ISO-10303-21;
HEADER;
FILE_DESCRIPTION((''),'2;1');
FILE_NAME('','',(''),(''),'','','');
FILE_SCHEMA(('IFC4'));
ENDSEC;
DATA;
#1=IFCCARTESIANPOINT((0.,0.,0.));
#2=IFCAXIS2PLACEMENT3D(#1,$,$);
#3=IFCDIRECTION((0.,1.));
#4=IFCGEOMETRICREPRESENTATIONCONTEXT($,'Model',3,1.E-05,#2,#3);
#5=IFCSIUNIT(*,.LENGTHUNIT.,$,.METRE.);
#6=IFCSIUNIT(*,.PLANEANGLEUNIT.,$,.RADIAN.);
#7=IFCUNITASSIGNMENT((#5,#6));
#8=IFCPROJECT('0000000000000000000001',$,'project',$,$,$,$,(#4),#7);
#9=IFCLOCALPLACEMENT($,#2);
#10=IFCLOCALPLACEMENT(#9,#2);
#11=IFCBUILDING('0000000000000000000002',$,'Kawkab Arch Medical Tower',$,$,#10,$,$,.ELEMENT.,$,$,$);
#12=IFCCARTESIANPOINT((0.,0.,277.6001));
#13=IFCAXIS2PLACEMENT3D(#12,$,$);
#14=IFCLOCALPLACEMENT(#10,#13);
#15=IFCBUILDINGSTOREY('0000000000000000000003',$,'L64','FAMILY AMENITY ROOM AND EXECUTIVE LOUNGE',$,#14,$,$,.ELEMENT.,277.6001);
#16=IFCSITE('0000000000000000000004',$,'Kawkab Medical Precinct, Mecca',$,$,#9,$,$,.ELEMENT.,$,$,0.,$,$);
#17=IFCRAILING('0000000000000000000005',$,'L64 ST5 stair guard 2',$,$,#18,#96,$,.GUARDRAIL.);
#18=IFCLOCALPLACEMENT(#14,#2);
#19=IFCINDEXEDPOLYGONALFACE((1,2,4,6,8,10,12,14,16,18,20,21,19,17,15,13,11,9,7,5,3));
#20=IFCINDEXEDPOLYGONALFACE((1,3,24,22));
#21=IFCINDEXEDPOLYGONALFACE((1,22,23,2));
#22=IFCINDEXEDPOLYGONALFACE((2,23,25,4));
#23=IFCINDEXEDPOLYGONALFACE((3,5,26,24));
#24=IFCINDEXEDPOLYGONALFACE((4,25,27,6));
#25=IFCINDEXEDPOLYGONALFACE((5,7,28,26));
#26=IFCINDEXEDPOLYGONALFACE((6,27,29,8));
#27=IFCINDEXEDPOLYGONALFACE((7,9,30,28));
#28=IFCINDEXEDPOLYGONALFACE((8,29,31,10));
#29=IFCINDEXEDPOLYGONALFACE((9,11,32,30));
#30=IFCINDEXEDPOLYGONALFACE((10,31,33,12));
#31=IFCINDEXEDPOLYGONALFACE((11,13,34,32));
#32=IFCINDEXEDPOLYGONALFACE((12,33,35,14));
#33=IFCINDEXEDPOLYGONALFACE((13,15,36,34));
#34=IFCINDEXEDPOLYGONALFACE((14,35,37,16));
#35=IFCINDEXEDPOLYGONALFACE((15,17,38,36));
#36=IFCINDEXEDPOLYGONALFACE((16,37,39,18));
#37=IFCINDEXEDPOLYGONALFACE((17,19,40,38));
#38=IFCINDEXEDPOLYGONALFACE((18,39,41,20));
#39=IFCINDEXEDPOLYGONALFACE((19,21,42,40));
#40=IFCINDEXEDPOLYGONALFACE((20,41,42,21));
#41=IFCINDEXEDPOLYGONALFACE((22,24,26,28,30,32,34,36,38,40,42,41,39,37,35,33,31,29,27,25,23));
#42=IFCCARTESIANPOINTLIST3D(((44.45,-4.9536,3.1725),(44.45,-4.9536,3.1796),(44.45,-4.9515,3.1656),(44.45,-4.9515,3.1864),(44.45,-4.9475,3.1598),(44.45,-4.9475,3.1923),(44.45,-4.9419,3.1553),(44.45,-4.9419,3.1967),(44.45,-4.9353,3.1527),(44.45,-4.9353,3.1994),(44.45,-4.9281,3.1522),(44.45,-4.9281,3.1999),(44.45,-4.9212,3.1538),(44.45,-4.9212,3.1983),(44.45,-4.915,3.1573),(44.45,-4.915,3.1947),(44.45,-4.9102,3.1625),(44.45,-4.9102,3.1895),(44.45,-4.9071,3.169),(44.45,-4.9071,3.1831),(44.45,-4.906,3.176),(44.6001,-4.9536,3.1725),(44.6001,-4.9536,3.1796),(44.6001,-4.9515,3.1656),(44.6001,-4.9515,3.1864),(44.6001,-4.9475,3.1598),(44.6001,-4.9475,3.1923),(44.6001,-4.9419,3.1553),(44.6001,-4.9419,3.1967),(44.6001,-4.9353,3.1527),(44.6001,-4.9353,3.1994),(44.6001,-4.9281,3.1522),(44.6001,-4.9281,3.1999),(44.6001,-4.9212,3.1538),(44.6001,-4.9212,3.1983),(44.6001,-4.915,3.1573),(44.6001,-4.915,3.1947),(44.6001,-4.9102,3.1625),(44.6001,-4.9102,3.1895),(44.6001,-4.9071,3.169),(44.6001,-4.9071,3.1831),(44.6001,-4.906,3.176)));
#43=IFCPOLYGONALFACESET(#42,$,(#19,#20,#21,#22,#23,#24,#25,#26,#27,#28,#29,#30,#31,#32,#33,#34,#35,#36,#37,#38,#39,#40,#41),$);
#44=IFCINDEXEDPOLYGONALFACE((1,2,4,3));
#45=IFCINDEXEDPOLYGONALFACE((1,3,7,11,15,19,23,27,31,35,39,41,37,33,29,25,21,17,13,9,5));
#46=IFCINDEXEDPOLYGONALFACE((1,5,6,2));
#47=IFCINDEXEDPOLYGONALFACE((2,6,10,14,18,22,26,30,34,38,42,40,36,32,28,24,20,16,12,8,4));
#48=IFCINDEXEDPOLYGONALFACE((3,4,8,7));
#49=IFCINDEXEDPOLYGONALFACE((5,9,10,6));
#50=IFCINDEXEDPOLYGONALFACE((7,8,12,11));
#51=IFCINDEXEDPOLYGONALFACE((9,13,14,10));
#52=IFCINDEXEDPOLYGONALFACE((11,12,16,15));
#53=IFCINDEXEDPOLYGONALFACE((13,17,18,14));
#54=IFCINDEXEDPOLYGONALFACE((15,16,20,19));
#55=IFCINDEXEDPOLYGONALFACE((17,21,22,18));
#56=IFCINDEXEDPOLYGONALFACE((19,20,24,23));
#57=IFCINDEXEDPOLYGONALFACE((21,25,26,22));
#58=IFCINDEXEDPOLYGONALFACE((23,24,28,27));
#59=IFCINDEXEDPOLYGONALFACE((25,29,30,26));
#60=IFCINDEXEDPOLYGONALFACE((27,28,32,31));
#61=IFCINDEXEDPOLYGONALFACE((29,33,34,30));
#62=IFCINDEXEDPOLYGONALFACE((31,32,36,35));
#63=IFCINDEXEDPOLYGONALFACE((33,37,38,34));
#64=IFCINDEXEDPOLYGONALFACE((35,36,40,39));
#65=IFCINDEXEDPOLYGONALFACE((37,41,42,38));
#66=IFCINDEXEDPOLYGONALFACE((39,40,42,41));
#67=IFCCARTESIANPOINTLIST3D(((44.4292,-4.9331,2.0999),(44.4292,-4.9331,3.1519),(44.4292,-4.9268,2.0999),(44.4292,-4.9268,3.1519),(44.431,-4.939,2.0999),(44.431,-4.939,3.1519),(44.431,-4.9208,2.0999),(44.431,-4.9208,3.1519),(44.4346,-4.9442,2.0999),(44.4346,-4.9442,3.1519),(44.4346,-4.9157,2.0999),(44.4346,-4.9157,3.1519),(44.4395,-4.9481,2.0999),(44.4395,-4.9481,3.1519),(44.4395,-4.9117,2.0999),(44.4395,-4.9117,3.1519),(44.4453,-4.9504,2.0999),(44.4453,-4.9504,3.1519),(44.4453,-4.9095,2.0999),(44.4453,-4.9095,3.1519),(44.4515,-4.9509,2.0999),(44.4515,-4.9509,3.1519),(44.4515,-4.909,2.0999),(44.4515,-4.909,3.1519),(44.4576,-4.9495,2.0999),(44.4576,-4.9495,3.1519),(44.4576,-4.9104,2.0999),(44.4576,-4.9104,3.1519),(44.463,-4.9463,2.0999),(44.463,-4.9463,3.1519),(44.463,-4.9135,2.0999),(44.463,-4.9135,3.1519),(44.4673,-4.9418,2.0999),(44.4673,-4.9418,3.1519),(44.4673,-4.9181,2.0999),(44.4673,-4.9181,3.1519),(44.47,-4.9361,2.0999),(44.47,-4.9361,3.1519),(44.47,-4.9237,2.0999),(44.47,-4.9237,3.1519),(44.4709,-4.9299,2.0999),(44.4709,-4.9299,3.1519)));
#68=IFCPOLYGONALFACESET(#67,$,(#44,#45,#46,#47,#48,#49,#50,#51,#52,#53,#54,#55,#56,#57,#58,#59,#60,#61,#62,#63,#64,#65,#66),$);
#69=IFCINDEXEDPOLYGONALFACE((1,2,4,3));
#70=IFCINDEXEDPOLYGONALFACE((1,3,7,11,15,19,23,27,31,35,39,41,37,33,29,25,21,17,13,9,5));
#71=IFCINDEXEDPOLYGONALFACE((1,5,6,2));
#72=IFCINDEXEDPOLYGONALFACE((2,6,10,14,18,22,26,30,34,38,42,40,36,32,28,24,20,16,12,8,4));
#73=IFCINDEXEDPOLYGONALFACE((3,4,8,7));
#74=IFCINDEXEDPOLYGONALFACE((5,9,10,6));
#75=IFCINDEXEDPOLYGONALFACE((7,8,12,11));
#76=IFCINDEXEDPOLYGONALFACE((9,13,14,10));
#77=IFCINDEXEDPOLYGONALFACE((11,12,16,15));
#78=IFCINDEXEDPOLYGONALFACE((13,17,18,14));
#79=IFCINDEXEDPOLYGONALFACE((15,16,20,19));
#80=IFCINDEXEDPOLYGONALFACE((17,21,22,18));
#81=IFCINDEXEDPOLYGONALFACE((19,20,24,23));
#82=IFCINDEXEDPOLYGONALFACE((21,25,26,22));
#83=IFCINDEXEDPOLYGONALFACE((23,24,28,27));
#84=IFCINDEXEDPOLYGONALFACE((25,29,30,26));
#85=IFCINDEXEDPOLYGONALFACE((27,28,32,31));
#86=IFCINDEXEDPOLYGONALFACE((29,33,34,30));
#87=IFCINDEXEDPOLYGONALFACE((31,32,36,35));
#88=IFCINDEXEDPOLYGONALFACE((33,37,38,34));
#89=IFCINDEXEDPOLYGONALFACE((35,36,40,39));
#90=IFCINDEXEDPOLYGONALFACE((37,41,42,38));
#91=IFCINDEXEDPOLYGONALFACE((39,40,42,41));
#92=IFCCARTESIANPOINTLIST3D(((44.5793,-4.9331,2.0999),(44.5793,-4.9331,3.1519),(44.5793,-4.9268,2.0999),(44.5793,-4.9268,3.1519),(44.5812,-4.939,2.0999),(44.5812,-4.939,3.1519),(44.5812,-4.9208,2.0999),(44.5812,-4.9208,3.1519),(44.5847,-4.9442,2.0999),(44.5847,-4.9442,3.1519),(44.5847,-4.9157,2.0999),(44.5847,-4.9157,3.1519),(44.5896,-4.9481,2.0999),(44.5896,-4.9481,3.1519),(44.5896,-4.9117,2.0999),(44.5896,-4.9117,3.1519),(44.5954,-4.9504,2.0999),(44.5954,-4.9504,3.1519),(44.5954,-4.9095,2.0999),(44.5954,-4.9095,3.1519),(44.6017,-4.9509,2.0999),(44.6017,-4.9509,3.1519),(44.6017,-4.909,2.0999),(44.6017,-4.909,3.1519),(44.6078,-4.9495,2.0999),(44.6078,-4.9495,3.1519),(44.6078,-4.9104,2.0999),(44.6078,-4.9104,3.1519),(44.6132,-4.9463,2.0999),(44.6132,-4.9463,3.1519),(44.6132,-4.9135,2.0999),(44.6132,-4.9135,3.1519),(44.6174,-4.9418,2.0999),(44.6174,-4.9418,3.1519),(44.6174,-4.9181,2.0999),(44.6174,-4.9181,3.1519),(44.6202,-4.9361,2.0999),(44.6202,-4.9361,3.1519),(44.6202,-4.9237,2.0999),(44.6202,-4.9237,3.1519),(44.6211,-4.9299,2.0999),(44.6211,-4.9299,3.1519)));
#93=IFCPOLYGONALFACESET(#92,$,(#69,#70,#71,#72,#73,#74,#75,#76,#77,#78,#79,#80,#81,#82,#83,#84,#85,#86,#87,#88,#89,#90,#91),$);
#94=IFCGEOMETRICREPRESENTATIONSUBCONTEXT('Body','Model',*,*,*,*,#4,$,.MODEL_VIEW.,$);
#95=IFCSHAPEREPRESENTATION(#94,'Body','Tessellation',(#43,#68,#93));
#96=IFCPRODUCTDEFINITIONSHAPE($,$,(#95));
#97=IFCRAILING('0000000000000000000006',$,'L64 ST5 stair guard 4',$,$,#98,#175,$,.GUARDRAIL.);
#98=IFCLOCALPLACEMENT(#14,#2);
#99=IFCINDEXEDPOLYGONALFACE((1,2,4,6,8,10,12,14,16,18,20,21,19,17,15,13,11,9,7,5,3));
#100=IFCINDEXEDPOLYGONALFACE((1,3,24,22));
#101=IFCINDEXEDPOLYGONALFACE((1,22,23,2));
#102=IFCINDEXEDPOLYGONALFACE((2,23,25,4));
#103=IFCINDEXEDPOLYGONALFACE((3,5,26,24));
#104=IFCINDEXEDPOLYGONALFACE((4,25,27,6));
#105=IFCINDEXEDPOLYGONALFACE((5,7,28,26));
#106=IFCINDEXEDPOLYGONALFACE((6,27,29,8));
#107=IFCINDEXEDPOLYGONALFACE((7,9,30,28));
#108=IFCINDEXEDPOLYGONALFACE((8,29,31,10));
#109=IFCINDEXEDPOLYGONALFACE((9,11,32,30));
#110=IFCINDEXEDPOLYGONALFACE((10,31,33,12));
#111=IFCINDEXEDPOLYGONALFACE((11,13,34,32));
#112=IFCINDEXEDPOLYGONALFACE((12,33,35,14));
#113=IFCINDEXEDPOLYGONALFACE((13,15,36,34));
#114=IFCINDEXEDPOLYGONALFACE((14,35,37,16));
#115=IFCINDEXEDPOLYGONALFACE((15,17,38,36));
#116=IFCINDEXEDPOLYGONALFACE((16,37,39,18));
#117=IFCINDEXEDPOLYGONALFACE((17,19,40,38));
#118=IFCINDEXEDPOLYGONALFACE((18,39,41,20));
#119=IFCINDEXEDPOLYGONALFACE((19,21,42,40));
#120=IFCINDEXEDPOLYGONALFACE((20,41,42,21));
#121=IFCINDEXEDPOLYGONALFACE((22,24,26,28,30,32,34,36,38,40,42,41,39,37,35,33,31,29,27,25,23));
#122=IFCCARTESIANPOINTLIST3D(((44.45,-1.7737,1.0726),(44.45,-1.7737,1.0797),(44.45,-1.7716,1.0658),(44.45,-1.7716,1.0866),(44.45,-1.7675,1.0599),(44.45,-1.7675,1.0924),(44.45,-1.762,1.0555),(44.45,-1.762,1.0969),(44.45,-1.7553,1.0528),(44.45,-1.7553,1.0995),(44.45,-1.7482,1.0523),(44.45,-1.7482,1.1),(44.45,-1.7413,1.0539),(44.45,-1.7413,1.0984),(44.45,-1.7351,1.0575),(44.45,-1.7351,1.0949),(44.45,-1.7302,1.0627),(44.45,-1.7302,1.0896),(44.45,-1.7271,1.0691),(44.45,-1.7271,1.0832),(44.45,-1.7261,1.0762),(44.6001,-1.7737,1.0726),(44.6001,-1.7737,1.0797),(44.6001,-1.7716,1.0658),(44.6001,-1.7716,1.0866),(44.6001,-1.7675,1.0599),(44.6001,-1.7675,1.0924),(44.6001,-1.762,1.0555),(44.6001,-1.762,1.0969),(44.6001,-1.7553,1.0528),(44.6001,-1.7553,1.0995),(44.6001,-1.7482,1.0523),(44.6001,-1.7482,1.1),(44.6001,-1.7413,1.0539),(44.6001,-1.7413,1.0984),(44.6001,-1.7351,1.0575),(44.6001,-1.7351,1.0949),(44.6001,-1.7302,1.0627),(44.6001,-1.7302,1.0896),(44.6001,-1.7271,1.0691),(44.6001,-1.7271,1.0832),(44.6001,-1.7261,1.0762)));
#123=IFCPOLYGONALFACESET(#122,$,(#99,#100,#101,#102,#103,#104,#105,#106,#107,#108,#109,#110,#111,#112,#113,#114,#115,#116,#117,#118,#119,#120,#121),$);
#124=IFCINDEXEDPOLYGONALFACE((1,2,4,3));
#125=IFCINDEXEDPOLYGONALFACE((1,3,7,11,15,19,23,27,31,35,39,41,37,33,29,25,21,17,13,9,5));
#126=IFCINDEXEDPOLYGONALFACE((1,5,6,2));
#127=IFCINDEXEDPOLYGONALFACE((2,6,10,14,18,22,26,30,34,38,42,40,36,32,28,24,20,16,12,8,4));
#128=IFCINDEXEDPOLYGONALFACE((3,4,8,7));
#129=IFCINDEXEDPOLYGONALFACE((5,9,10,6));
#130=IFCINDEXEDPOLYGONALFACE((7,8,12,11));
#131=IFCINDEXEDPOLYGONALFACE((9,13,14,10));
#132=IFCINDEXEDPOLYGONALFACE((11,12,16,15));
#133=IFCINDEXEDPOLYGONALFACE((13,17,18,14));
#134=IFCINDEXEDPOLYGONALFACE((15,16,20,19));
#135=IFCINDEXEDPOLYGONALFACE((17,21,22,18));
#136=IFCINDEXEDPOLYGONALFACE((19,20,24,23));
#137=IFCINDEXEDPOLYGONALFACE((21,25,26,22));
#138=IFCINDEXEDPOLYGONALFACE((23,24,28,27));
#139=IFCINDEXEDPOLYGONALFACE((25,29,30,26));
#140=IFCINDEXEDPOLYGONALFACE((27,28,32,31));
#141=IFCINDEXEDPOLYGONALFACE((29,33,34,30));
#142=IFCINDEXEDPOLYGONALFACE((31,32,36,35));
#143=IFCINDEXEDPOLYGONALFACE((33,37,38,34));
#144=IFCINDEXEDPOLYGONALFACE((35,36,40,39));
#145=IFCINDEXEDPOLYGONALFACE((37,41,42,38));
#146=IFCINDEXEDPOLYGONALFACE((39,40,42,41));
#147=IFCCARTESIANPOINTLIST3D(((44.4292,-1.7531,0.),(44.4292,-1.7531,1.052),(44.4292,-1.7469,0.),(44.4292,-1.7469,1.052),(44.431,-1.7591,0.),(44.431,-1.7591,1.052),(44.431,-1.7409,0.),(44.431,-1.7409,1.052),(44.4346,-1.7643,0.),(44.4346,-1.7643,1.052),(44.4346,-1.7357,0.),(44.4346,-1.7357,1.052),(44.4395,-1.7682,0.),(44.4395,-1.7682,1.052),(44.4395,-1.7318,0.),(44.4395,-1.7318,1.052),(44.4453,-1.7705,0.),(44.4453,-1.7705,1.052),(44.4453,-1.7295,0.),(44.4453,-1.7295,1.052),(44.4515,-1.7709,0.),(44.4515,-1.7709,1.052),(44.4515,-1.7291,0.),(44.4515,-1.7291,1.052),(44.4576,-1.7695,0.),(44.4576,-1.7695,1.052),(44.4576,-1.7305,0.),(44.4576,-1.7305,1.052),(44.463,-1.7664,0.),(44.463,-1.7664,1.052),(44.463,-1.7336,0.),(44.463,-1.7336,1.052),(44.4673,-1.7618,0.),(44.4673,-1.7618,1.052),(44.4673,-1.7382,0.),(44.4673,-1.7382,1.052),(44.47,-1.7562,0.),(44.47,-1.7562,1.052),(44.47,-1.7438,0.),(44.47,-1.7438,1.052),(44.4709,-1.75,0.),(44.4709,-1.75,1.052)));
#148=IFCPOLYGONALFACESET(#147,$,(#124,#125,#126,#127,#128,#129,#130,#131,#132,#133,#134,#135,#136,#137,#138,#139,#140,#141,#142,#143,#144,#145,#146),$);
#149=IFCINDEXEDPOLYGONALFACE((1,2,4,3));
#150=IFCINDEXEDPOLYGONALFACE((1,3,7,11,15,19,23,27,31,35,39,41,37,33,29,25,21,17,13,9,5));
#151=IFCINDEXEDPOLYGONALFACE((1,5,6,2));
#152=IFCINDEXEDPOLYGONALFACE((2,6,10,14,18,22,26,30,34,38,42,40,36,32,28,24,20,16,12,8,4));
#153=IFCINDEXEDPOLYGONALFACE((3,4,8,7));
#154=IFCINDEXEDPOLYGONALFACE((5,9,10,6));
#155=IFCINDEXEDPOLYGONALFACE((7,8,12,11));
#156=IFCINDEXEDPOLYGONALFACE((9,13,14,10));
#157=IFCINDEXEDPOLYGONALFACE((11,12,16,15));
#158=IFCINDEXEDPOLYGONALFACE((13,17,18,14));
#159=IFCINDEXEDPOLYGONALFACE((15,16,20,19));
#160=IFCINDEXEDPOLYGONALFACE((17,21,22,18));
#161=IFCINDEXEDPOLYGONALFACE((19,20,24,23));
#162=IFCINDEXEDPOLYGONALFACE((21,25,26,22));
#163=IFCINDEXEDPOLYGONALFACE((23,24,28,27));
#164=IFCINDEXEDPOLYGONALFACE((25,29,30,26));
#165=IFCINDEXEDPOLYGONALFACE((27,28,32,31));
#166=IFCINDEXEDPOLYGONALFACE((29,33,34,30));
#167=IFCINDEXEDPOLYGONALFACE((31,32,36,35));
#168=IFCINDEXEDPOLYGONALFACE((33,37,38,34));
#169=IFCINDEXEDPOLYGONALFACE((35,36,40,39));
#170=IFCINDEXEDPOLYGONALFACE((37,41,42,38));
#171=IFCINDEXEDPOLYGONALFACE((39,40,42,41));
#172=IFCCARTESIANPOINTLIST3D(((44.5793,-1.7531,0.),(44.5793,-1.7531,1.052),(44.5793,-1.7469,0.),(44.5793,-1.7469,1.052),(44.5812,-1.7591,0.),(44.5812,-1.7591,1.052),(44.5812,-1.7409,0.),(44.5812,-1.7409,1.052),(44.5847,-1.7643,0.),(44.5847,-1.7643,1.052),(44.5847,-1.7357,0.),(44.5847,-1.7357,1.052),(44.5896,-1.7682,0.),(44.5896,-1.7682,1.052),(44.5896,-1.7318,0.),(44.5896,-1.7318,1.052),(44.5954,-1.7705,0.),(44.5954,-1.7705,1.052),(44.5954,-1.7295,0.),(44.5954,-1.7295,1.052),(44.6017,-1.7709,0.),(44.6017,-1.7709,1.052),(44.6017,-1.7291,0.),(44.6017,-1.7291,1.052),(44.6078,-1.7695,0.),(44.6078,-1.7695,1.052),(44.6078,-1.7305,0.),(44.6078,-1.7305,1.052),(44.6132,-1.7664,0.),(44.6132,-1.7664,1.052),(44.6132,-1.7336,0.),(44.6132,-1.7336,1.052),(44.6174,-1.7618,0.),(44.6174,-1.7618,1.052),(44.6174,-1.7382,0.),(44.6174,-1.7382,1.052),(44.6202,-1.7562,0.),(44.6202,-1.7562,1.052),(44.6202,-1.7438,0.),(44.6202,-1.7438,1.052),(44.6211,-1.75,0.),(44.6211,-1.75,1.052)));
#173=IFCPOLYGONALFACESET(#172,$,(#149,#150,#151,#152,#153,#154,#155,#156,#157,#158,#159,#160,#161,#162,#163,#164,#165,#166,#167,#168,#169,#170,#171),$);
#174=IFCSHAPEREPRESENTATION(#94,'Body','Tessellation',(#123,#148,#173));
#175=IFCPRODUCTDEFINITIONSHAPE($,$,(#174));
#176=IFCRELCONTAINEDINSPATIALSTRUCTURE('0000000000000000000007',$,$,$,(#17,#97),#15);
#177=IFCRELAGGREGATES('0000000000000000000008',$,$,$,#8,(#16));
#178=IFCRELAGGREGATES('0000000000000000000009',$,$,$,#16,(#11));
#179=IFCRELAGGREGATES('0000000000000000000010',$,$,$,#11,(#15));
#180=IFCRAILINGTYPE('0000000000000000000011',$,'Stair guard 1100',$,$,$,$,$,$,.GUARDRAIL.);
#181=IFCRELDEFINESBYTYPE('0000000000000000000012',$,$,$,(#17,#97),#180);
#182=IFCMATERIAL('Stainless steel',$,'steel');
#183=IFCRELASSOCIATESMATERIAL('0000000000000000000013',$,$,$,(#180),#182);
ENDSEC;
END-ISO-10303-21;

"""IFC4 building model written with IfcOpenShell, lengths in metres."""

from ifc_helpers import new_model, si_unit, direction, frame, origin, origin_2d, place, context, subcontext, project, spatial, circle, extrude, material, type_object, element, save


model = new_model("IFC4")

# Units and contexts
model_context = context("Model", 3, precision=1e-05, world=origin(), true_north=direction((0.0, 1.0)))
body_context = subcontext(model_context, "Body", "Model", "MODEL_VIEW")
ifc_project = project(units=[si_unit("LENGTHUNIT", "METRE"), si_unit("PLANEANGLEUNIT", "RADIAN")], contexts=[model_context])

# Site, building, storey
site_placement = place(None, origin())
site = spatial("IfcSite", under=ifc_project, at=site_placement, Name="Kawkab Medical Precinct, Mecca", CompositionType="ELEMENT", RefElevation=0.0)
building_placement = place(site_placement, origin())
building = spatial("IfcBuilding", under=site, at=building_placement, Name="Kawkab Arch Medical Tower", CompositionType="ELEMENT")
storey_placement = place(building_placement, frame((0.0, 0.0, 277.6001)))
storey = spatial("IfcBuildingStorey", under=building, at=storey_placement, Name="L64", Description="FAMILY AMENITY ROOM AND EXECUTIVE LOUNGE", CompositionType="ELEMENT", Elevation=277.6001)

# Railings
ifc_material_1 = material(Name="Stainless steel", Category="steel")
railing_type = type_object("IfcRailingType", Name="Stair guard 1100", PredefinedType="GUARDRAIL", material=ifc_material_1)
for number, where, name in (
    (1, (44.45, -4.9299, 2.0999), "L64 ST5 stair guard 2"),
    (2, (44.45, -1.75, 0.0), "L64 ST5 stair guard 4"),
):
    element("IfcRailing", number, at=place(storey_placement, frame(where)), inside=storey, type_object=railing_type, Name=name, PredefinedType="GUARDRAIL", context=body_context, shape_type="SweptSolid", body=[
        extrude(circle(Radius=0.0239, at=origin_2d()), frame((0.0, 0.0, 1.0762), z_axis=(1.0, 0.0, 0.0), x_axis=(0.0, 1.0, 0.0)), (0.0, 0.0, 1.0), 0.1501),
        extrude(circle(Radius=0.021, at=origin_2d()), origin(), (0.0, 0.0, 1.0), 1.052),
        extrude(circle(Radius=0.021, at=origin_2d()), frame((0.1501, 0.0, 0.0)), (0.0, 0.0, 1.0), 1.052),
    ])

save(model, "model.ifc")
